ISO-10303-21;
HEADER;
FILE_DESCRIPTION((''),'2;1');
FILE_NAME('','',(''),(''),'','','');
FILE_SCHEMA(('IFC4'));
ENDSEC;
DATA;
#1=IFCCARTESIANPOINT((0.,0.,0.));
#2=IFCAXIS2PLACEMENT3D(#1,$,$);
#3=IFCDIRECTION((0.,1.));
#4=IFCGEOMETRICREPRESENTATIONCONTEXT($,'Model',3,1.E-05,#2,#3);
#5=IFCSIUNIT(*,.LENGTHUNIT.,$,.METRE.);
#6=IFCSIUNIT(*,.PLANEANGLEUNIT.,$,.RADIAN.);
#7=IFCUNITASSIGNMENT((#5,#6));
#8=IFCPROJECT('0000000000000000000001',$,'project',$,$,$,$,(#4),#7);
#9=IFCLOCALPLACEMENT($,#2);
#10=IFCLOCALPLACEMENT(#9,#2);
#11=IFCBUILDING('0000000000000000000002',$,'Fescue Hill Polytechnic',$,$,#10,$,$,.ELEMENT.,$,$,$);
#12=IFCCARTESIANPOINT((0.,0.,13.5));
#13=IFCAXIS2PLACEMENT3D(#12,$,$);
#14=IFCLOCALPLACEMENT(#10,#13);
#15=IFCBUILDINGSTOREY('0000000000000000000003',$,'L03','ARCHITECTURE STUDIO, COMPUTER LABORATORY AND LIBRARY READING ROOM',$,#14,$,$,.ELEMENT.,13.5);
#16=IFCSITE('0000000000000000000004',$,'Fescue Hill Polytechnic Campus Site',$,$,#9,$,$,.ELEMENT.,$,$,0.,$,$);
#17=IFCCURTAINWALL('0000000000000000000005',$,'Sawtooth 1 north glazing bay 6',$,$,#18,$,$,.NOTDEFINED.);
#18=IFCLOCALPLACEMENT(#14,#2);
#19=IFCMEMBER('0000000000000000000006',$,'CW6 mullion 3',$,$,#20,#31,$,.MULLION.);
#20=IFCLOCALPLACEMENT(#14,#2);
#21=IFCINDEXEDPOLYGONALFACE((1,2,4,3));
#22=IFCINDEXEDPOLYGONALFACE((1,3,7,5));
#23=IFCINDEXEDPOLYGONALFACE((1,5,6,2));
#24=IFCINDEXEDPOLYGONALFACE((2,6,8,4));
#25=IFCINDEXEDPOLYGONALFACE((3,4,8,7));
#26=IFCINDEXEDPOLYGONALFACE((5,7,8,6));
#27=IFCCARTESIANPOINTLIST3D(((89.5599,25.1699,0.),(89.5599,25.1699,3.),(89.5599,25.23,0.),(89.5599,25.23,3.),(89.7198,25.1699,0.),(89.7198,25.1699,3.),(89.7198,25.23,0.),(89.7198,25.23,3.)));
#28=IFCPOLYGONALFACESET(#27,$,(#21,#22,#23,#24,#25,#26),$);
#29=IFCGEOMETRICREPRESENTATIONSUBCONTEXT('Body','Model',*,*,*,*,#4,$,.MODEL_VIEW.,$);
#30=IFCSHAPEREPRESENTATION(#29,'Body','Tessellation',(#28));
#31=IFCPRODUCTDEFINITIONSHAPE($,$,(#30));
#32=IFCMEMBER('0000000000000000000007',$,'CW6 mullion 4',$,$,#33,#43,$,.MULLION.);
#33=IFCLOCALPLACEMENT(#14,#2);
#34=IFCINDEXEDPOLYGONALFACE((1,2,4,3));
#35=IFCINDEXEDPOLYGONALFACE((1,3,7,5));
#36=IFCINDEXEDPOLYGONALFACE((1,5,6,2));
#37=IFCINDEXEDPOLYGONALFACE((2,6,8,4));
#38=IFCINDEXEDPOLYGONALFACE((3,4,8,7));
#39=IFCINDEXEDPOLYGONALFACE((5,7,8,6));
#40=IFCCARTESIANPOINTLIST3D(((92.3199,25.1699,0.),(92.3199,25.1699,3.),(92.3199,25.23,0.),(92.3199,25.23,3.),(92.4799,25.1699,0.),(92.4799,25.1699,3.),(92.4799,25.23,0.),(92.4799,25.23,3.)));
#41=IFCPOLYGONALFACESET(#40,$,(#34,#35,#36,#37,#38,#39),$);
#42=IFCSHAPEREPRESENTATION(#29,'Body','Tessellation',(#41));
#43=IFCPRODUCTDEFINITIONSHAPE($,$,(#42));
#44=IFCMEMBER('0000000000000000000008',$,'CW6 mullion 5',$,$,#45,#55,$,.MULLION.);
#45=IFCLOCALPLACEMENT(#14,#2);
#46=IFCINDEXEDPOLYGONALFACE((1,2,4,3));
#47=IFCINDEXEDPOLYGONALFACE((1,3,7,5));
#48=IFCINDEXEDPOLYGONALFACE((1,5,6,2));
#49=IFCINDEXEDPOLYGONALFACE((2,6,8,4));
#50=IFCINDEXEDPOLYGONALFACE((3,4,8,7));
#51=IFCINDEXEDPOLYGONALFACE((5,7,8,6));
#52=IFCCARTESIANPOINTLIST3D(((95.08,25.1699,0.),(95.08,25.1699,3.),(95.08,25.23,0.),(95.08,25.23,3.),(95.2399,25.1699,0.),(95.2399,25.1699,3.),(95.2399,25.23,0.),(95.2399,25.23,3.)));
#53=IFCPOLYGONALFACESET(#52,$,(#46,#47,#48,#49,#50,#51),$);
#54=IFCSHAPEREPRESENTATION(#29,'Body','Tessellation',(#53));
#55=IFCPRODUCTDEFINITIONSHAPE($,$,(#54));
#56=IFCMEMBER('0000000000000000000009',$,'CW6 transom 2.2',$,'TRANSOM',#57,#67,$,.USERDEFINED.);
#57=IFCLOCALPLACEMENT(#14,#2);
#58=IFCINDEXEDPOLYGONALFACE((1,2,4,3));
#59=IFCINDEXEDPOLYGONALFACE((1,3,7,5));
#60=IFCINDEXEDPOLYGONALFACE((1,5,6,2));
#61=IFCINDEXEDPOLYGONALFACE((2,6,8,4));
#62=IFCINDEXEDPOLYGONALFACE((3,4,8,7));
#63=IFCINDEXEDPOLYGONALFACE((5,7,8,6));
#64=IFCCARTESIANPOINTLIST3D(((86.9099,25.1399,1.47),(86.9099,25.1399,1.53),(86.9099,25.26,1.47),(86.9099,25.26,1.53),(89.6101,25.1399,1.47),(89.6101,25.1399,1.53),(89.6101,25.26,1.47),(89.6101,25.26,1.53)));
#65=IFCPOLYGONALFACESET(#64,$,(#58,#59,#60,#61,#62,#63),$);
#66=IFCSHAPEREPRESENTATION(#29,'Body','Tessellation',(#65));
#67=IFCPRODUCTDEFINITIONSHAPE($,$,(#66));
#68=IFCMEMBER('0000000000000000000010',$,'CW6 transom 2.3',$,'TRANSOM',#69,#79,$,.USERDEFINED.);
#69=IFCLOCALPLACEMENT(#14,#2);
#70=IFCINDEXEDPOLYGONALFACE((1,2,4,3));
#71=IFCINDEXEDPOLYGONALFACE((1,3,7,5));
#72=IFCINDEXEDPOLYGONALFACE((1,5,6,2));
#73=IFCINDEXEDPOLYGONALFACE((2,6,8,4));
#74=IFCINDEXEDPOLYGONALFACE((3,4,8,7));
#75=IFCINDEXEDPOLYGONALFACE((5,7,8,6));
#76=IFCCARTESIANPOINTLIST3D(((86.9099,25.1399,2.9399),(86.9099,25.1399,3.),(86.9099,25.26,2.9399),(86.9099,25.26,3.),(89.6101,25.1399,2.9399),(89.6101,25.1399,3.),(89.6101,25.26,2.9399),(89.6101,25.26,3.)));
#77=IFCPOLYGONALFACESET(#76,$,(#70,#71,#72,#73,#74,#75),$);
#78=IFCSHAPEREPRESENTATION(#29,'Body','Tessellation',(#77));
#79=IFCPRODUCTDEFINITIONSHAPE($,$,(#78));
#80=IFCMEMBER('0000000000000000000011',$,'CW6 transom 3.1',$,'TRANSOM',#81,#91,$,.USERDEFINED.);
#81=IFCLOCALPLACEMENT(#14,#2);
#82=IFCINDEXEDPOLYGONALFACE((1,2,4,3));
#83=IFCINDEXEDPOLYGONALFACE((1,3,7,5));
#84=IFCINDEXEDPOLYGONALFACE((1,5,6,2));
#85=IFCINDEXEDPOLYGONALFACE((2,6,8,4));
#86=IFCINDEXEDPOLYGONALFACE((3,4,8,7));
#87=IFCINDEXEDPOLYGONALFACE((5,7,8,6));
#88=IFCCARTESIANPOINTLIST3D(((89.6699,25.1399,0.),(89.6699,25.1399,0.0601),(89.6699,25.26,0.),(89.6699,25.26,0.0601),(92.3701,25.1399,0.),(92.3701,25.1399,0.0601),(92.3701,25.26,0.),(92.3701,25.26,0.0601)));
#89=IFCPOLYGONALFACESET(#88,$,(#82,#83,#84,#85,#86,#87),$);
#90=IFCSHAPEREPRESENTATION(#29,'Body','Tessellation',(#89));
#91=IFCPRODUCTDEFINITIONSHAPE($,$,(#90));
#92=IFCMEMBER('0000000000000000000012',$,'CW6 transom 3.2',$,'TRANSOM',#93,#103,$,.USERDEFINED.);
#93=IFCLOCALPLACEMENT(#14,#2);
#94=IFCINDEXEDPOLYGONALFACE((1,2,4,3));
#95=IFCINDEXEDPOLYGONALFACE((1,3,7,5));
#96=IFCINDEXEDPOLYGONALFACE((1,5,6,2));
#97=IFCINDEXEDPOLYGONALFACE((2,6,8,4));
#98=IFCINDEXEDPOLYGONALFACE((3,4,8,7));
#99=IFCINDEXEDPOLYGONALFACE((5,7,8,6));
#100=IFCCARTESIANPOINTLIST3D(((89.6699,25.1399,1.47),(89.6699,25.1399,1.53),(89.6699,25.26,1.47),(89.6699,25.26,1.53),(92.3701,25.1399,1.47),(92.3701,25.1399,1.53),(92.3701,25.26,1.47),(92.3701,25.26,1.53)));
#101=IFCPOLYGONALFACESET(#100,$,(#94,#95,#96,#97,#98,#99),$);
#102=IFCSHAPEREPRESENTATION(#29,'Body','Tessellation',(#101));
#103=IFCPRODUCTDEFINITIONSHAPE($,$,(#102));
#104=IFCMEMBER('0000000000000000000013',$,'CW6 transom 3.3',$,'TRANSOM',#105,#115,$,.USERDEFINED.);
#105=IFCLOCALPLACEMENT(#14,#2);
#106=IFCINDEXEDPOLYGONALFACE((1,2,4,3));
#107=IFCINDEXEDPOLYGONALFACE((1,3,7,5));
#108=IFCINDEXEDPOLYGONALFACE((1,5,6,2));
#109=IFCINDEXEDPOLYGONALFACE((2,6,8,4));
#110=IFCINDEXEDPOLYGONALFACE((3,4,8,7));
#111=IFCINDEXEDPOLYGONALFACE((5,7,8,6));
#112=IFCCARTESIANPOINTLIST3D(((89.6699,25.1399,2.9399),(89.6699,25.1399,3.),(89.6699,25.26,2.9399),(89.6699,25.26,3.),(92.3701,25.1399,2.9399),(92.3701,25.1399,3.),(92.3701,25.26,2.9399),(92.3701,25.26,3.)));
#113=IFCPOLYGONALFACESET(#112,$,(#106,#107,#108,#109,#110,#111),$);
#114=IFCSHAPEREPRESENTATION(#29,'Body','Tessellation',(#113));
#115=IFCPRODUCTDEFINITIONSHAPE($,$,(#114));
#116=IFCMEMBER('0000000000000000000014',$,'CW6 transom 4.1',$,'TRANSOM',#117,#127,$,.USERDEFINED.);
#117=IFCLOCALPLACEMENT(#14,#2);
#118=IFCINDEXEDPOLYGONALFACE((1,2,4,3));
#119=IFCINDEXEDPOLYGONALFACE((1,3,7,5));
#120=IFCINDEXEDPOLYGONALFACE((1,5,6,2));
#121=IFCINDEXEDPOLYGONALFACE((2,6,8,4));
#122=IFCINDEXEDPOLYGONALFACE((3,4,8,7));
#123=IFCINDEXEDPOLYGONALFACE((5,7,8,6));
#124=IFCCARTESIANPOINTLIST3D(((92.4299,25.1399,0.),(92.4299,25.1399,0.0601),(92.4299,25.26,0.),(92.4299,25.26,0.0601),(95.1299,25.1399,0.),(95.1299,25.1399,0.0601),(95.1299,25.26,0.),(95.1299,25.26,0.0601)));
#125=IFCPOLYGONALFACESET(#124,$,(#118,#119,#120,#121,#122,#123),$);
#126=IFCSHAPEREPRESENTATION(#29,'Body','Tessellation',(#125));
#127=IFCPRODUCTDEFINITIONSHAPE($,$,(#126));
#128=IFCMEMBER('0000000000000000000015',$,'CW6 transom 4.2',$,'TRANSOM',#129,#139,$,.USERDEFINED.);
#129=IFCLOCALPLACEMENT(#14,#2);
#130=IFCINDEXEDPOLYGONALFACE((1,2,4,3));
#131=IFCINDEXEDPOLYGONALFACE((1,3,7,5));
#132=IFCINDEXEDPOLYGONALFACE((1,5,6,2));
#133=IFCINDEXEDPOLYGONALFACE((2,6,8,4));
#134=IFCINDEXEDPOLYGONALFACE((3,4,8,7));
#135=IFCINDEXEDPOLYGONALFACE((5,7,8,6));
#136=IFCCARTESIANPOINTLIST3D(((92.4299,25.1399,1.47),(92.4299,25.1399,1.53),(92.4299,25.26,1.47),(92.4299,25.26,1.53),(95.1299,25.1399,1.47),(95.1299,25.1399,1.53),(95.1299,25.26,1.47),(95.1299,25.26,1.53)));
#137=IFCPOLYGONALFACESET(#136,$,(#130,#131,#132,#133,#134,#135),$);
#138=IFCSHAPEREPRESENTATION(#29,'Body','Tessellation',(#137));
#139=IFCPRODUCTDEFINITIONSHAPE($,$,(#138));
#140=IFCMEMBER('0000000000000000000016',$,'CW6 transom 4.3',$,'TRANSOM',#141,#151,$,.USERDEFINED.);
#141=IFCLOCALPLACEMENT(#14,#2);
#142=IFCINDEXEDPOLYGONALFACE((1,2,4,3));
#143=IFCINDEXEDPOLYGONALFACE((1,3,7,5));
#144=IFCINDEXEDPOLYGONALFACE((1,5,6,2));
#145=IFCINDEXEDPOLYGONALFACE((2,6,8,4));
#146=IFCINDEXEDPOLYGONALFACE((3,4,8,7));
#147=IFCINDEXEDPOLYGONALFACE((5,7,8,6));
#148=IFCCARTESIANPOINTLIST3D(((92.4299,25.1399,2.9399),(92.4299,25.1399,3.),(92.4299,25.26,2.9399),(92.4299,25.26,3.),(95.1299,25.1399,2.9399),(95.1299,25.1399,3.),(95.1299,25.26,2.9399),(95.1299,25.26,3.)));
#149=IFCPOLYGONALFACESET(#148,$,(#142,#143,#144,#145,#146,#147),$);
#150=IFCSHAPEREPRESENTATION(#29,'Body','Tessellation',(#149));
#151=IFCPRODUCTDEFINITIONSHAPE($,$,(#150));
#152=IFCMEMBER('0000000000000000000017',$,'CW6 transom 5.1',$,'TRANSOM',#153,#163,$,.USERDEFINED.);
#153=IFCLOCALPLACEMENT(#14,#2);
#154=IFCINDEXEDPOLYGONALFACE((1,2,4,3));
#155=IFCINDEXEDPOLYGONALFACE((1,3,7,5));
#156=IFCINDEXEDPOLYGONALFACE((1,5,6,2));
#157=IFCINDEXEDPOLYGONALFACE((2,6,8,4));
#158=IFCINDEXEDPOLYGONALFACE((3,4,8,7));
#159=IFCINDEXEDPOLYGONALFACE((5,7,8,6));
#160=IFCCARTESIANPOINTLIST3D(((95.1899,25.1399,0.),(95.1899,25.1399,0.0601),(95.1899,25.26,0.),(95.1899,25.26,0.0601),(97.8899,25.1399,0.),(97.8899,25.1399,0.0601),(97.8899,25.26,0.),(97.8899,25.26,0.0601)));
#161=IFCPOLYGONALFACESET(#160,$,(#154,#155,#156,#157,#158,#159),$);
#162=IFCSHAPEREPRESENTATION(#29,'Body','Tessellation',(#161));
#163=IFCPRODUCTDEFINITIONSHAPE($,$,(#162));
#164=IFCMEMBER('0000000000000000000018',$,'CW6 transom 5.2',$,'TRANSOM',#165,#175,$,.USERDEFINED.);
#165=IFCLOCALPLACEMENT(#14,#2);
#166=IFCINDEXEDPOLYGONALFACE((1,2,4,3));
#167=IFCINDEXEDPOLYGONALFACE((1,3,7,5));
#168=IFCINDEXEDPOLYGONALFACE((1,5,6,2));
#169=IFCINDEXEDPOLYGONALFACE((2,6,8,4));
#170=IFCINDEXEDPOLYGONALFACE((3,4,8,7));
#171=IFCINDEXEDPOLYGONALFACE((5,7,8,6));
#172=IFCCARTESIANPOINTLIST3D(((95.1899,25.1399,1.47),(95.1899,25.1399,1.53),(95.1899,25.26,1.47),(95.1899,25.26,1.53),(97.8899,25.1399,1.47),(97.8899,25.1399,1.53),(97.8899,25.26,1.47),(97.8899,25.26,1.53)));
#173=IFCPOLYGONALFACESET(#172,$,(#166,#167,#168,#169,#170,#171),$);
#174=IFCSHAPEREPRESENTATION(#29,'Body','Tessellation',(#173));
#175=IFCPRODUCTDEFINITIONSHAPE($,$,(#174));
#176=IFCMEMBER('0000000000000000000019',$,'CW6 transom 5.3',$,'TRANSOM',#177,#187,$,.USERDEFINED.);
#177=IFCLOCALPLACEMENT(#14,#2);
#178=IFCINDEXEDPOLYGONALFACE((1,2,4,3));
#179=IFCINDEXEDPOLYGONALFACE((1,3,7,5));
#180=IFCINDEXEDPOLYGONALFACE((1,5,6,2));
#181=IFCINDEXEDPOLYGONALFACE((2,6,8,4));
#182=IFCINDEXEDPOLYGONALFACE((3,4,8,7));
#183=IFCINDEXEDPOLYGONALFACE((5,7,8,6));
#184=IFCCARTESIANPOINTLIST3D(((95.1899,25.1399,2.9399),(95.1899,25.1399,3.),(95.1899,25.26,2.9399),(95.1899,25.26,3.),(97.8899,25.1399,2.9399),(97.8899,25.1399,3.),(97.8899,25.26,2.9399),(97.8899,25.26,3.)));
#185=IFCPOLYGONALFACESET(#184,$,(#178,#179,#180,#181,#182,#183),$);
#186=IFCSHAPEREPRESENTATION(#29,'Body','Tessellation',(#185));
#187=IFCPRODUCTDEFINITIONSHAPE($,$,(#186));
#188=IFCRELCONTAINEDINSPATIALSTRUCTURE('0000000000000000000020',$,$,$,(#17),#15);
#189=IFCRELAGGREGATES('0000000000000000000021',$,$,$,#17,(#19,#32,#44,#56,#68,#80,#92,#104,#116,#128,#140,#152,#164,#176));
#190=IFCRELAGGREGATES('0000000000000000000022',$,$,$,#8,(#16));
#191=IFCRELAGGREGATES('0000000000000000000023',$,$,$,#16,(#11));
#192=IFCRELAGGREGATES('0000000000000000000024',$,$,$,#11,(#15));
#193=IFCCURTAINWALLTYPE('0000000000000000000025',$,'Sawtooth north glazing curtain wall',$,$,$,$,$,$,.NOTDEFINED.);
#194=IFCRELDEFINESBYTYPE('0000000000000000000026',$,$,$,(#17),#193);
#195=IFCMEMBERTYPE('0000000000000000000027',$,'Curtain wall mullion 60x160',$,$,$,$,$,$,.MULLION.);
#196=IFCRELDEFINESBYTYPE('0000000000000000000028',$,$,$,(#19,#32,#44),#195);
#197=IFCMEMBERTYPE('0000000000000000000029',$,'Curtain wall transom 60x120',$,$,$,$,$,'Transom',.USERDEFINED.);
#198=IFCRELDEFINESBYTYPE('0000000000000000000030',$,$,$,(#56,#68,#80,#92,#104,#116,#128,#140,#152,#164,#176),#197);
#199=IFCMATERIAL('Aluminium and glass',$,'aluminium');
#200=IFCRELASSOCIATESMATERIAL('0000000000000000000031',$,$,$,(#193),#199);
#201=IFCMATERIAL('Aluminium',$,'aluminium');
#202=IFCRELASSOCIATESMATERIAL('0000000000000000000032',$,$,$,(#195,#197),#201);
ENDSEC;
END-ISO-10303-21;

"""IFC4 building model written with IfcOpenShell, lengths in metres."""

from ifc_helpers import new_model, si_unit, direction, frame, origin, origin_2d, place, context, subcontext, project, spatial, rectangle, extrude, material, material_profile, profile_set, type_object, element, aggregate, save


model = new_model("IFC4")

# Units and contexts
model_context = context("Model", 3, precision=1e-05, world=origin(), true_north=direction((0.0, 1.0)))
body_context = subcontext(model_context, "Body", "Model", "MODEL_VIEW")
ifc_project = project(units=[si_unit("LENGTHUNIT", "METRE"), si_unit("PLANEANGLEUNIT", "RADIAN")], contexts=[model_context])

# Site, building, storey
site_placement = place(None, origin())
site = spatial("IfcSite", under=ifc_project, at=site_placement, Name="Fescue Hill Polytechnic Campus Site", CompositionType="ELEMENT", RefElevation=0.0)
building_placement = place(site_placement, origin())
building = spatial("IfcBuilding", under=site, at=building_placement, Name="Fescue Hill Polytechnic", CompositionType="ELEMENT")
storey_placement = place(building_placement, frame((0.0, 0.0, 13.5)))
storey = spatial("IfcBuildingStorey", under=building, at=storey_placement, Name="L03", Description="ARCHITECTURE STUDIO, COMPUTER LABORATORY AND LIBRARY READING ROOM", CompositionType="ELEMENT", Elevation=13.5)

# Curtain wall, members
ifc_material_1 = material(Name="Aluminium and glass", Category="aluminium")
curtain_wall_type = type_object("IfcCurtainWallType", Name="Sawtooth north glazing curtain wall", PredefinedType="NOTDEFINED", material=ifc_material_1)
curtain_wall_placement = place(storey_placement, origin())
curtain_wall = element("IfcCurtainWall", 1, at=curtain_wall_placement, inside=storey, type_object=curtain_wall_type, Name="Sawtooth 1 north glazing bay 6", PredefinedType="NOTDEFINED")
ifc_material_2 = material(Name="Aluminium", Category="aluminium")
ifc_material_profile_1 = material_profile(ifc_material_2, rectangle(XDim=0.0601, YDim=0.1599, at=origin_2d()), Name="Curtain wall mullion 60x160")
ifc_profile_set_1 = profile_set([ifc_material_profile_1], Name="Aluminium")
member_type_1 = type_object("IfcMemberType", Name="Curtain wall mullion 60x160", PredefinedType="MULLION", material=ifc_profile_set_1)
member_1_placement = place(storey_placement, frame((89.6399, 25.2, 0.0), z_axis=(0.0, 0.0, 1.0), x_axis=(0.0, 1.0, 0.0)))
member_1 = element("IfcMember", 2, at=member_1_placement, type_object=member_type_1, Name="CW6 mullion 3", PredefinedType="MULLION", context=body_context, shape_type="SweptSolid", body=[
    extrude(rectangle(XDim=0.0601, YDim=0.1599, at=origin_2d()), origin(), (0.0, 0.0, 1.0), 3.0),
])
member_2_placement = place(storey_placement, frame((92.3999, 25.2, 0.0), z_axis=(0.0, 0.0, 1.0), x_axis=(0.0, 1.0, 0.0)))
member_2 = element("IfcMember", 3, at=member_2_placement, type_object=member_type_1, Name="CW6 mullion 4", PredefinedType="MULLION", context=body_context, shape_type="SweptSolid", body=[
    extrude(rectangle(XDim=0.0601, YDim=0.1599, at=origin_2d()), origin(), (0.0, 0.0, 1.0), 3.0),
])
member_3_placement = place(storey_placement, frame((95.1599, 25.2, 0.0), z_axis=(0.0, 0.0, 1.0), x_axis=(0.0, 1.0, 0.0)))
member_3 = element("IfcMember", 4, at=member_3_placement, type_object=member_type_1, Name="CW6 mullion 5", PredefinedType="MULLION", context=body_context, shape_type="SweptSolid", body=[
    extrude(rectangle(XDim=0.0601, YDim=0.1599, at=origin_2d()), origin(), (0.0, 0.0, 1.0), 3.0),
])
ifc_material_profile_2 = material_profile(ifc_material_2, rectangle(XDim=0.1201, YDim=0.0601, at=origin_2d()), Name="Curtain wall transom 60x120")
ifc_profile_set_2 = profile_set([ifc_material_profile_2], Name="Aluminium")
member_type_2 = type_object("IfcMemberType", Name="Curtain wall transom 60x120", ElementType="Transom", PredefinedType="USERDEFINED", material=ifc_profile_set_2)
member_4_placement = place(storey_placement, frame((86.9099, 25.2, 1.5), z_axis=(1.0, 0.0, 0.0), x_axis=(0.0, 1.0, 0.0)))
member_4 = element("IfcMember", 5, at=member_4_placement, type_object=member_type_2, Name="CW6 transom 2.2", ObjectType="TRANSOM", PredefinedType="USERDEFINED", context=body_context, shape_type="SweptSolid", body=[
    extrude(rectangle(XDim=0.1201, YDim=0.0601, at=origin_2d()), origin(), (0.0, 0.0, 1.0), 2.7002),
])
member_5_placement = place(storey_placement, frame((86.9099, 25.2, 2.97), z_axis=(1.0, 0.0, 0.0), x_axis=(0.0, 1.0, 0.0)))
member_5 = element("IfcMember", 6, at=member_5_placement, type_object=member_type_2, Name="CW6 transom 2.3", ObjectType="TRANSOM", PredefinedType="USERDEFINED", context=body_context, shape_type="SweptSolid", body=[
    extrude(rectangle(XDim=0.1201, YDim=0.0601, at=origin_2d()), origin(), (0.0, 0.0, 1.0), 2.7002),
])
member_6_placement = place(storey_placement, frame((89.6699, 25.2, 0.03), z_axis=(1.0, 0.0, 0.0), x_axis=(0.0, 1.0, 0.0)))
member_6 = element("IfcMember", 7, at=member_6_placement, type_object=member_type_2, Name="CW6 transom 3.1", ObjectType="TRANSOM", PredefinedType="USERDEFINED", context=body_context, shape_type="SweptSolid", body=[
    extrude(rectangle(XDim=0.1201, YDim=0.0601, at=origin_2d()), origin(), (0.0, 0.0, 1.0), 2.7002),
])
member_7_placement = place(storey_placement, frame((89.6699, 25.2, 1.5), z_axis=(1.0, 0.0, 0.0), x_axis=(0.0, 1.0, 0.0)))
member_7 = element("IfcMember", 8, at=member_7_placement, type_object=member_type_2, Name="CW6 transom 3.2", ObjectType="TRANSOM", PredefinedType="USERDEFINED", context=body_context, shape_type="SweptSolid", body=[
    extrude(rectangle(XDim=0.1201, YDim=0.0601, at=origin_2d()), origin(), (0.0, 0.0, 1.0), 2.7002),
])
member_8_placement = place(storey_placement, frame((89.6699, 25.2, 2.97), z_axis=(1.0, 0.0, 0.0), x_axis=(0.0, 1.0, 0.0)))
member_8 = element("IfcMember", 9, at=member_8_placement, type_object=member_type_2, Name="CW6 transom 3.3", ObjectType="TRANSOM", PredefinedType="USERDEFINED", context=body_context, shape_type="SweptSolid", body=[
    extrude(rectangle(XDim=0.1201, YDim=0.0601, at=origin_2d()), origin(), (0.0, 0.0, 1.0), 2.7002),
])
member_9_placement = place(storey_placement, frame((92.4299, 25.2, 0.03), z_axis=(1.0, 0.0, 0.0), x_axis=(0.0, 1.0, 0.0)))
member_9 = element("IfcMember", 10, at=member_9_placement, type_object=member_type_2, Name="CW6 transom 4.1", ObjectType="TRANSOM", PredefinedType="USERDEFINED", context=body_context, shape_type="SweptSolid", body=[
    extrude(rectangle(XDim=0.1201, YDim=0.0601, at=origin_2d()), origin(), (0.0, 0.0, 1.0), 2.7),
])
member_10_placement = place(storey_placement, frame((92.4299, 25.2, 1.5), z_axis=(1.0, 0.0, 0.0), x_axis=(0.0, 1.0, 0.0)))
member_10 = element("IfcMember", 11, at=member_10_placement, type_object=member_type_2, Name="CW6 transom 4.2", ObjectType="TRANSOM", PredefinedType="USERDEFINED", context=body_context, shape_type="SweptSolid", body=[
    extrude(rectangle(XDim=0.1201, YDim=0.0601, at=origin_2d()), origin(), (0.0, 0.0, 1.0), 2.7),
])
member_11_placement = place(storey_placement, frame((92.4299, 25.2, 2.97), z_axis=(1.0, 0.0, 0.0), x_axis=(0.0, 1.0, 0.0)))
member_11 = element("IfcMember", 12, at=member_11_placement, type_object=member_type_2, Name="CW6 transom 4.3", ObjectType="TRANSOM", PredefinedType="USERDEFINED", context=body_context, shape_type="SweptSolid", body=[
    extrude(rectangle(XDim=0.1201, YDim=0.0601, at=origin_2d()), origin(), (0.0, 0.0, 1.0), 2.7),
])
member_12_placement = place(storey_placement, frame((95.1899, 25.2, 0.03), z_axis=(1.0, 0.0, 0.0), x_axis=(0.0, 1.0, 0.0)))
member_12 = element("IfcMember", 13, at=member_12_placement, type_object=member_type_2, Name="CW6 transom 5.1", ObjectType="TRANSOM", PredefinedType="USERDEFINED", context=body_context, shape_type="SweptSolid", body=[
    extrude(rectangle(XDim=0.1201, YDim=0.0601, at=origin_2d()), origin(), (0.0, 0.0, 1.0), 2.7),
])
member_13_placement = place(storey_placement, frame((95.1899, 25.2, 1.5), z_axis=(1.0, 0.0, 0.0), x_axis=(0.0, 1.0, 0.0)))
member_13 = element("IfcMember", 14, at=member_13_placement, type_object=member_type_2, Name="CW6 transom 5.2", ObjectType="TRANSOM", PredefinedType="USERDEFINED", context=body_context, shape_type="SweptSolid", body=[
    extrude(rectangle(XDim=0.1201, YDim=0.0601, at=origin_2d()), origin(), (0.0, 0.0, 1.0), 2.7),
])
member_14_placement = place(storey_placement, frame((95.1899, 25.2, 2.97), z_axis=(1.0, 0.0, 0.0), x_axis=(0.0, 1.0, 0.0)))
member_14 = element("IfcMember", 15, at=member_14_placement, type_object=member_type_2, Name="CW6 transom 5.3", ObjectType="TRANSOM", PredefinedType="USERDEFINED", context=body_context, shape_type="SweptSolid", body=[
    extrude(rectangle(XDim=0.1201, YDim=0.0601, at=origin_2d()), origin(), (0.0, 0.0, 1.0), 2.7),
])
aggregate(curtain_wall, [member_1, member_2, member_3, member_4, member_5, member_6, member_7, member_8, member_9, member_10, member_11, member_12, member_13, member_14])

save(model, "model.ifc")
